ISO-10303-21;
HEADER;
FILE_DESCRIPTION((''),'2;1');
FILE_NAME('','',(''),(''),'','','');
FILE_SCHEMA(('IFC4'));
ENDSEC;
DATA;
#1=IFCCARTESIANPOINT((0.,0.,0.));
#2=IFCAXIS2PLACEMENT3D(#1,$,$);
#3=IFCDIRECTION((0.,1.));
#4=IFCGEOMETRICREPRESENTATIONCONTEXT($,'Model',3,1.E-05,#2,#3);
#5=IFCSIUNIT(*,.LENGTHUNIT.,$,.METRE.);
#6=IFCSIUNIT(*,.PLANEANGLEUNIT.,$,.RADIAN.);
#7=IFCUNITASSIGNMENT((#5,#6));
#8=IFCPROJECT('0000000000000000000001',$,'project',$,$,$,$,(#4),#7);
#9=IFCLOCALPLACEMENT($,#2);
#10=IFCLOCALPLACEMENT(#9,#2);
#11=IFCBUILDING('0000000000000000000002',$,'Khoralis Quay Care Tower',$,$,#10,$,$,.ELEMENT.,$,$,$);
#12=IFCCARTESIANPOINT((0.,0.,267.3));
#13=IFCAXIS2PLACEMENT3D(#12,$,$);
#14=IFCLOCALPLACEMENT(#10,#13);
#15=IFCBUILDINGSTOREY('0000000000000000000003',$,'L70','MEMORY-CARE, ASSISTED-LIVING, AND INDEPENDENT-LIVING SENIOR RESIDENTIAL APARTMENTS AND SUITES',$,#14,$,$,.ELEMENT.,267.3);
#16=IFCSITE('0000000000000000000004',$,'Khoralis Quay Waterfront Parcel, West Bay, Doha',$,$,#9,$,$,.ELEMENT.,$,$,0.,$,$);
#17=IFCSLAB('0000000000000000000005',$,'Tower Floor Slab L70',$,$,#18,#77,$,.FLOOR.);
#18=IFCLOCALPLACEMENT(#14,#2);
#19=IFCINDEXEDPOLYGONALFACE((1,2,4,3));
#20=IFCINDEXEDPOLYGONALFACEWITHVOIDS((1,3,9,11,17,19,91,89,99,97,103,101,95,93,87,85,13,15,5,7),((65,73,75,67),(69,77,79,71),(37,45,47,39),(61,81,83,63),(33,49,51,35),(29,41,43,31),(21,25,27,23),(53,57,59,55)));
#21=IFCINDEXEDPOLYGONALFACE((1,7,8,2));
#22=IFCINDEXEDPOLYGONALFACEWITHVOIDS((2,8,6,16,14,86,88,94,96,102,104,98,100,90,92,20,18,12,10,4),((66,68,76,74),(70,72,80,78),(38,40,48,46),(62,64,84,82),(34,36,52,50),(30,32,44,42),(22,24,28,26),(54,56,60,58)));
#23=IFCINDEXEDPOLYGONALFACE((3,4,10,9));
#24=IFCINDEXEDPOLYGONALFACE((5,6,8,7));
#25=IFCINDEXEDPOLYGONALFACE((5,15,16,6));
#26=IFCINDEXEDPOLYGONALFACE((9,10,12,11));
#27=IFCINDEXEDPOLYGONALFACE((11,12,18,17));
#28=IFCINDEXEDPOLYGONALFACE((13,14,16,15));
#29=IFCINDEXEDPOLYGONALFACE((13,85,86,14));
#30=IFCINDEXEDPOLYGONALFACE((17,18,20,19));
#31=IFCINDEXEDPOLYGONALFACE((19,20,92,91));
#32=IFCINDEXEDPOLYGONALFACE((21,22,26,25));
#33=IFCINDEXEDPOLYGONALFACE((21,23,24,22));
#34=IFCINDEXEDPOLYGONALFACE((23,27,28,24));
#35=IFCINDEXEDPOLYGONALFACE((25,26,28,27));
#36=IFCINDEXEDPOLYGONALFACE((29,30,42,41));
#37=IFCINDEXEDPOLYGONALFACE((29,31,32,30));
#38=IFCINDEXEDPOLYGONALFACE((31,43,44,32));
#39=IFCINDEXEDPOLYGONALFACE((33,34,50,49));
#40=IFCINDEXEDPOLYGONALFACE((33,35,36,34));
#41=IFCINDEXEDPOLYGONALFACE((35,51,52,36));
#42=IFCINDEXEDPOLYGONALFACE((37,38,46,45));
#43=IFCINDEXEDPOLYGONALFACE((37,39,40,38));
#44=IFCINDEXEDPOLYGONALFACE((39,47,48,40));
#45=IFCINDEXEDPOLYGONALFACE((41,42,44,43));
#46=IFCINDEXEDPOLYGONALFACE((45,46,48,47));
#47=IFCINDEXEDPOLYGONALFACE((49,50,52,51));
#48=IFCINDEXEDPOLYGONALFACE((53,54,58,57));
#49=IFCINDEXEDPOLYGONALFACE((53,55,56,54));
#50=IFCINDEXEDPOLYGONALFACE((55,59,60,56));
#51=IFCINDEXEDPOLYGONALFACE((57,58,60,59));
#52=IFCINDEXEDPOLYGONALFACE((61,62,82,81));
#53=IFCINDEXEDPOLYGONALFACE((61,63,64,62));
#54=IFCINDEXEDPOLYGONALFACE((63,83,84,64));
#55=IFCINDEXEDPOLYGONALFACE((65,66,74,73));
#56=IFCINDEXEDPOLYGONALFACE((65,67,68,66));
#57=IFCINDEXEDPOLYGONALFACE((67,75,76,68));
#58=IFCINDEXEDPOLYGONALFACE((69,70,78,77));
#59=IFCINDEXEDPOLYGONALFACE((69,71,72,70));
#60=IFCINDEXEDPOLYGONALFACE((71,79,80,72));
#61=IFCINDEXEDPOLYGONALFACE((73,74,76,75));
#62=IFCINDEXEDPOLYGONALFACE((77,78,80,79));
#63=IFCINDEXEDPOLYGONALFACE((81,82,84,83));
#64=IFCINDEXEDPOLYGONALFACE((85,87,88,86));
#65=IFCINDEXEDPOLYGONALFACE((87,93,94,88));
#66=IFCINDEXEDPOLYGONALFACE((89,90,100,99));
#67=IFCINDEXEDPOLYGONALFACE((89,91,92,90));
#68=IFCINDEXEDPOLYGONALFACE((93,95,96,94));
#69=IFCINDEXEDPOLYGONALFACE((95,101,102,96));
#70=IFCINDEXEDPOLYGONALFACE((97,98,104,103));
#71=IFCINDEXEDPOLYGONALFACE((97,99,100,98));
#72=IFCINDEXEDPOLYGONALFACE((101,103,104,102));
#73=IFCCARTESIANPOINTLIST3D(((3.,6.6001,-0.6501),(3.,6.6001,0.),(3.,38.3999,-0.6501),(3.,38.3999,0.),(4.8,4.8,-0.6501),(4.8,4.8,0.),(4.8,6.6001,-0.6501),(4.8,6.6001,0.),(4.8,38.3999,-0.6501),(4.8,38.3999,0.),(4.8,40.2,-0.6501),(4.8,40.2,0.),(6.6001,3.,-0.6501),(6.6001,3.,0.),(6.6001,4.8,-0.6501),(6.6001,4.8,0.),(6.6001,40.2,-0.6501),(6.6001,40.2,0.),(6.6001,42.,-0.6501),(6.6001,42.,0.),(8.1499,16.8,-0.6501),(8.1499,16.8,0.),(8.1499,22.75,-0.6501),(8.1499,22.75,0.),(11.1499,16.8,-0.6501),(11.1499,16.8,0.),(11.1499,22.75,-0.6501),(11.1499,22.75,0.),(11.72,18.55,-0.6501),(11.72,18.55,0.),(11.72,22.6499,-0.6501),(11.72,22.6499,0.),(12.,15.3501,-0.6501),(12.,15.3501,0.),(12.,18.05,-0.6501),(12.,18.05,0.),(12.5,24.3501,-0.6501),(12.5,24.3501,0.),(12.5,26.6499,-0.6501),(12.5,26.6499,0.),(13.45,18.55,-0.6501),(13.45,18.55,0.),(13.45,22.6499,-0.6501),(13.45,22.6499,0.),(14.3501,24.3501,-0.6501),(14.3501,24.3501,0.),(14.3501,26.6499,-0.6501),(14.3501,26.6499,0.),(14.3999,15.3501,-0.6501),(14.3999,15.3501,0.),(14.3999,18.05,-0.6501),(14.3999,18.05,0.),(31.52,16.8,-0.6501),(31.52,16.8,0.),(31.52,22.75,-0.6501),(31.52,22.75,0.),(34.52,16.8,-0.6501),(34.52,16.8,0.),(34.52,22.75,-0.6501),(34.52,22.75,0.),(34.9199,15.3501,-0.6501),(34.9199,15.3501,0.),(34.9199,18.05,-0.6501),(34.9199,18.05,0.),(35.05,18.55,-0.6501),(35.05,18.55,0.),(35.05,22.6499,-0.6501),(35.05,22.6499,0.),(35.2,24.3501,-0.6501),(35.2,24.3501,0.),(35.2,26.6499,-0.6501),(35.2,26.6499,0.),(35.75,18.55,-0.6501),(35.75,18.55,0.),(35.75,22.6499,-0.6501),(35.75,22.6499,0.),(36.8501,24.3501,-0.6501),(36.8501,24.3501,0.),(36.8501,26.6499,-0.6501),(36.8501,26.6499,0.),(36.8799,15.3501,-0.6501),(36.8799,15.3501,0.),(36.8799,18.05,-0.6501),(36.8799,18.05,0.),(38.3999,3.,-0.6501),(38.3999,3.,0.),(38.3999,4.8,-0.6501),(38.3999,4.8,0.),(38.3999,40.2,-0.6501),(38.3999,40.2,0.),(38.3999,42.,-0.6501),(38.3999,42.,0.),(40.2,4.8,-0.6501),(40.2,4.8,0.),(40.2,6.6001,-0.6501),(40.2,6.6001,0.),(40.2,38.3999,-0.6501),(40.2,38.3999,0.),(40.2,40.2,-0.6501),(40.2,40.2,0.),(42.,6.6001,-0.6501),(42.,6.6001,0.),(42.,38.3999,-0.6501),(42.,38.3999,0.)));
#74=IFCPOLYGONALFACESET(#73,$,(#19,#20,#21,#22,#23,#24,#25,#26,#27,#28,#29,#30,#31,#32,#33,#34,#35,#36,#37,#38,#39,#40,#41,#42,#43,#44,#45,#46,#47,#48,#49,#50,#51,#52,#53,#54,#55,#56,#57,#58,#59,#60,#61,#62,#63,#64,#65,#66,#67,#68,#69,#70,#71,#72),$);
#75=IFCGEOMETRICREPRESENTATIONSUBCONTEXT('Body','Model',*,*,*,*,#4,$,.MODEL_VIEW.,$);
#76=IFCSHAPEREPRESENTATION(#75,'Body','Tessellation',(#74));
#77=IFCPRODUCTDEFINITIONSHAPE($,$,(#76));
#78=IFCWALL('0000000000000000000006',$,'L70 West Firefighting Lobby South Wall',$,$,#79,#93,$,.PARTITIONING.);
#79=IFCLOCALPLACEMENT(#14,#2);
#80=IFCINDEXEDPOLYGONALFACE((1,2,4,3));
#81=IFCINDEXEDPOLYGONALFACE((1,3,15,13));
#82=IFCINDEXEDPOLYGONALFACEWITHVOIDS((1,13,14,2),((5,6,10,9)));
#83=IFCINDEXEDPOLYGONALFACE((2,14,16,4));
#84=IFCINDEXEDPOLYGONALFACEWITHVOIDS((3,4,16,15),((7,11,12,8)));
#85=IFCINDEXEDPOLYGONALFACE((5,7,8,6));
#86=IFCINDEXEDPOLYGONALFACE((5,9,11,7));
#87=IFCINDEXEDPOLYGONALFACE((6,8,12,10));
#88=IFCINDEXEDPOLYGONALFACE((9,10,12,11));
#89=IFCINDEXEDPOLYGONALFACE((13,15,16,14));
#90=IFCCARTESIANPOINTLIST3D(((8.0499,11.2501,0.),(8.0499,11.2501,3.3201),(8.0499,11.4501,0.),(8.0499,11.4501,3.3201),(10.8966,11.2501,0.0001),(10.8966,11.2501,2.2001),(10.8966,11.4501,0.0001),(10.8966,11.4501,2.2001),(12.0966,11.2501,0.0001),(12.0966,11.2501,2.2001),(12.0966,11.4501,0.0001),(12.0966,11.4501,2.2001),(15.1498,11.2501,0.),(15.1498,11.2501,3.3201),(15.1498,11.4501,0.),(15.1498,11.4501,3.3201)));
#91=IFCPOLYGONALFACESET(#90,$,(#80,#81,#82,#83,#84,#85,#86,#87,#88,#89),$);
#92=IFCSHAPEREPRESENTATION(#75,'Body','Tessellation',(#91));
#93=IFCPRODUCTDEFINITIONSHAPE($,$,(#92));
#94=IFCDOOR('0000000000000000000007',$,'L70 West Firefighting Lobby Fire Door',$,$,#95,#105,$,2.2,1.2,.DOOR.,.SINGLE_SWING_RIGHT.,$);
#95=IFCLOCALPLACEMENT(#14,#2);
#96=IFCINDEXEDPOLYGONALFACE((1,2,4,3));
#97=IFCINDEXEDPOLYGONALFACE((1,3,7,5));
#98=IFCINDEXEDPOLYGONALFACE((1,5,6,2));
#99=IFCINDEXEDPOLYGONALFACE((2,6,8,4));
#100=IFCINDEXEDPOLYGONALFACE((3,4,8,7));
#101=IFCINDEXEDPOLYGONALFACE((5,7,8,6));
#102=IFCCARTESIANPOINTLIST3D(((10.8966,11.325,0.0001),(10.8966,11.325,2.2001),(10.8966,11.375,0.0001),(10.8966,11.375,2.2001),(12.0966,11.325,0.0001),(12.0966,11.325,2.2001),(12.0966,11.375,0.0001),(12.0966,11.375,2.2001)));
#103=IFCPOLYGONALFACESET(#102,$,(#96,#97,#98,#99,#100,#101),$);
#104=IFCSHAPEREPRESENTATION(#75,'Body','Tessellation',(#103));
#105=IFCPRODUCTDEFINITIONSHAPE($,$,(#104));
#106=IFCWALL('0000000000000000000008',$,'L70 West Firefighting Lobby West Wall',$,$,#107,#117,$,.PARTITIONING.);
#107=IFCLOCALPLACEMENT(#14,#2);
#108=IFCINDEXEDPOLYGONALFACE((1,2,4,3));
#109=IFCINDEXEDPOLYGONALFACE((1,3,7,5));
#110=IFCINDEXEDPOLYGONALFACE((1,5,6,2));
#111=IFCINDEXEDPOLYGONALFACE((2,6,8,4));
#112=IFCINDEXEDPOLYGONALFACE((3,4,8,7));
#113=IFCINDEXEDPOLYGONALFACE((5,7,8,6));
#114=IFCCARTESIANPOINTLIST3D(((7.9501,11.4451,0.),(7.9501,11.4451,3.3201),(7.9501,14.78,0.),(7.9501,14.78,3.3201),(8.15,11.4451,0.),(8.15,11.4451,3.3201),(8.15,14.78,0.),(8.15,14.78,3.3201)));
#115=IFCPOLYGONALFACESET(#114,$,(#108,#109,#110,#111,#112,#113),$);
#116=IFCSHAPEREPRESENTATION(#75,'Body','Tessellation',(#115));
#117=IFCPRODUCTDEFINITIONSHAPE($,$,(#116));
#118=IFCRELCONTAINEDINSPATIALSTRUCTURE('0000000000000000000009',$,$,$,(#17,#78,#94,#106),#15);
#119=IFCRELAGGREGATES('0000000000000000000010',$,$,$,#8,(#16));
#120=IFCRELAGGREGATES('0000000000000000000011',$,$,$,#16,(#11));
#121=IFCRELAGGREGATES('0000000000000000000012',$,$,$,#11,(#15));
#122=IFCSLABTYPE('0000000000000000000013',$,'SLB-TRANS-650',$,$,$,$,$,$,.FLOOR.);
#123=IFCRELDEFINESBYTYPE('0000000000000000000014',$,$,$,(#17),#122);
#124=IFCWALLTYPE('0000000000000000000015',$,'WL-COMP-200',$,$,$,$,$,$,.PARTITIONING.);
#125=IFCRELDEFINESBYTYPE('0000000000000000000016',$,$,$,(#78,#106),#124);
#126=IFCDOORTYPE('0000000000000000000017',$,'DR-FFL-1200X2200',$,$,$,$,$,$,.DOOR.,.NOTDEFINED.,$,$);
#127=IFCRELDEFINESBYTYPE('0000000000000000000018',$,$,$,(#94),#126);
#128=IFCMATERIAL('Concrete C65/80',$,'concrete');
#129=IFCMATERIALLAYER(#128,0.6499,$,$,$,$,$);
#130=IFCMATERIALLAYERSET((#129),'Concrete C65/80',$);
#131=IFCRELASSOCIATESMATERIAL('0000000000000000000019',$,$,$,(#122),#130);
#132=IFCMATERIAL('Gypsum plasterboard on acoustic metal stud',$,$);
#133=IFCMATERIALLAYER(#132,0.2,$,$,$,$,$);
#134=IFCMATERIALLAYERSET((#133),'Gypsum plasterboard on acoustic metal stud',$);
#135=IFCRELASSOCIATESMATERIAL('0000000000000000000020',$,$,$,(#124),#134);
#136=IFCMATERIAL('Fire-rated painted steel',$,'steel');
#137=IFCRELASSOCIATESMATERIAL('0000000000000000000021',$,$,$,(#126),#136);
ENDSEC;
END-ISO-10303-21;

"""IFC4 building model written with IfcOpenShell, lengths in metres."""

from ifc_helpers import new_model, si_unit, direction, frame, frame_2d, origin, place, context, subcontext, project, spatial, polyline, rectangle, outline, extrude, source, transform, mapped, material, layer, layer_set, type_object, element, fill, save


model = new_model("IFC4")

# Units and contexts
model_context = context("Model", 3, precision=1e-05, world=origin(), true_north=direction((0.0, 1.0)))
body_context = subcontext(model_context, "Body", "Model", "MODEL_VIEW")
ifc_project = project(units=[si_unit("LENGTHUNIT", "METRE"), si_unit("PLANEANGLEUNIT", "RADIAN")], contexts=[model_context])

# Site, building, storey
site_placement = place(None, origin())
site = spatial("IfcSite", under=ifc_project, at=site_placement, Name="Khoralis Quay Waterfront Parcel, West Bay, Doha", CompositionType="ELEMENT", RefElevation=0.0)
building_placement = place(site_placement, origin())
building = spatial("IfcBuilding", under=site, at=building_placement, Name="Khoralis Quay Care Tower", CompositionType="ELEMENT")
storey_placement = place(building_placement, frame((0.0, 0.0, 267.3)))
storey = spatial("IfcBuildingStorey", under=building, at=storey_placement, Name="L70", Description="MEMORY-CARE, ASSISTED-LIVING, AND INDEPENDENT-LIVING SENIOR RESIDENTIAL APARTMENTS AND SUITES", CompositionType="ELEMENT", Elevation=267.3)

# Slab
ifc_material_1 = material(Name="Concrete C65/80", Category="concrete")
ifc_layer_1 = layer(ifc_material_1, 0.6499)
ifc_layer_set_1 = layer_set([ifc_layer_1], Name="Concrete C65/80")
slab_type_1 = type_object("IfcSlabType", Name="SLB-TRANS-650", PredefinedType="FLOOR", material=ifc_layer_set_1)
slab_1_placement = place(storey_placement, frame((0.0, 0.0, -0.6501)))
element("IfcSlab", 1, at=slab_1_placement, inside=storey, type_object=slab_type_1, Name="Tower Floor Slab L70", PredefinedType="FLOOR", context=body_context, shape_type="SweptSolid", body=[
    extrude(outline(polyline([(6.6001, 3.0), (38.3999, 3.0), (38.3999, 4.8), (40.2, 4.8), (40.2, 6.6001), (42.0, 6.6001), (42.0, 38.3999), (40.2, 38.3999), (40.2, 40.2), (38.3999, 40.2), (38.3999, 42.0), (6.6001, 42.0), (6.6001, 40.2), (4.8, 40.2), (4.8, 38.3999), (3.0, 38.3999), (3.0, 6.6001), (4.8, 6.6001), (4.8, 4.8), (6.6001, 4.8), (6.6001, 3.0)]), holes=[polyline([(11.1499, 16.8), (11.1499, 22.75), (8.1499, 22.75), (8.1499, 16.8), (11.1499, 16.8)]), polyline([(34.52, 16.8), (34.52, 22.75), (31.52, 22.75), (31.52, 16.8), (34.52, 16.8)]), polyline([(12.0, 15.3501), (14.3999, 15.3501), (14.3999, 18.05), (12.0, 18.05), (12.0, 15.3501)]), polyline([(34.9199, 15.3501), (36.8799, 15.3501), (36.8799, 18.05), (34.9199, 18.05), (34.9199, 15.3501)]), polyline([(12.5, 24.3501), (14.3501, 24.3501), (14.3501, 26.6499), (12.5, 26.6499), (12.5, 24.3501)]), polyline([(35.2, 24.3501), (36.8501, 24.3501), (36.8501, 26.6499), (35.2, 26.6499), (35.2, 24.3501)]), polyline([(11.72, 18.55), (13.45, 18.55), (13.45, 22.6499), (11.72, 22.6499), (11.72, 18.55)]), polyline([(35.05, 18.55), (35.75, 18.55), (35.75, 22.6499), (35.05, 22.6499), (35.05, 18.55)])]), origin(), (0.0, 0.0, 1.0), 0.6501),
])

# Wall, opening, door
ifc_material_2 = material(Name="Gypsum plasterboard on acoustic metal stud")
ifc_layer_2 = layer(ifc_material_2, 0.2)
ifc_layer_set_2 = layer_set([ifc_layer_2], Name="Gypsum plasterboard on acoustic metal stud")
wall_type_1 = type_object("IfcWallType", Name="WL-COMP-200", PredefinedType="PARTITIONING", material=ifc_layer_set_2)
wall_1_placement = place(storey_placement, frame((8.05, 11.3501, 0.0), z_axis=(0.0, 0.0, 1.0), x_axis=(1.0, 0.0, 0.0)))
wall_1 = element("IfcWall", 2, at=wall_1_placement, inside=storey, type_object=wall_type_1, Name="L70 West Firefighting Lobby South Wall", PredefinedType="PARTITIONING", context=body_context, shape_type="SweptSolid", body=[
    extrude(rectangle(XDim=7.0999, YDim=0.2, at=frame_2d((3.5498, 0.0))), origin(), (0.0, 0.0, 1.0), 3.3201),
])
opening_1_placement = place(wall_1_placement, frame((2.8464, 0.0, 0.0)))
opening_1 = element("IfcOpeningElement", 3, at=opening_1_placement, cuts=wall_1, PredefinedType="OPENING", context=body_context, shape_type="SweptSolid", body=[
    extrude(rectangle(XDim=1.2, YDim=2.2, at=frame_2d((0.6001, 1.1001))), frame((0.0, 0.1099, 0.0), z_axis=(0.0, -1.0, 0.0), x_axis=(1.0, 0.0, 0.0)), (0.0, 0.0, 1.0), 0.22),
])
ifc_material_3 = material(Name="Fire-rated painted steel", Category="steel")
door_type_1 = type_object("IfcDoorType", Name="DR-FFL-1200X2200", OperationType="NOTDEFINED", PredefinedType="DOOR", material=ifc_material_3)
shared_shape_1 = source(origin(), body_context, "Body", "SweptSolid", [
    extrude(rectangle(XDim=1.2, YDim=2.2, at=frame_2d((0.6001, 1.1001))), frame((0.0, 0.0249, 0.0), z_axis=(0.0, -1.0, 0.0), x_axis=(1.0, 0.0, 0.0)), (0.0, 0.0, 1.0), 0.05),
])
door_1_placement = place(opening_1_placement, origin())
door_1 = element("IfcDoor", 4, at=door_1_placement, inside=storey, type_object=door_type_1, Name="L70 West Firefighting Lobby Fire Door", OperationType="SINGLE_SWING_RIGHT", OverallHeight=2.2, OverallWidth=1.2, PredefinedType="DOOR", context=body_context, shape_type="MappedRepresentation", body=[
    mapped(shared_shape_1, transform((0.0, 0.0, 0.0), scale=1.0)),
])
fill(opening_1, door_1)

# Wall
wall_2_placement = place(storey_placement, frame((8.05, 11.4451, 0.0), z_axis=(0.0, 0.0, 1.0), x_axis=(0.0, 1.0, 0.0)))
element("IfcWall", 5, at=wall_2_placement, inside=storey, type_object=wall_type_1, Name="L70 West Firefighting Lobby West Wall", PredefinedType="PARTITIONING", context=body_context, shape_type="SweptSolid", body=[
    extrude(rectangle(XDim=3.335, YDim=0.2, at=frame_2d((1.6675, 0.0))), origin(), (0.0, 0.0, 1.0), 3.3201),
])

save(model, "model.ifc")
